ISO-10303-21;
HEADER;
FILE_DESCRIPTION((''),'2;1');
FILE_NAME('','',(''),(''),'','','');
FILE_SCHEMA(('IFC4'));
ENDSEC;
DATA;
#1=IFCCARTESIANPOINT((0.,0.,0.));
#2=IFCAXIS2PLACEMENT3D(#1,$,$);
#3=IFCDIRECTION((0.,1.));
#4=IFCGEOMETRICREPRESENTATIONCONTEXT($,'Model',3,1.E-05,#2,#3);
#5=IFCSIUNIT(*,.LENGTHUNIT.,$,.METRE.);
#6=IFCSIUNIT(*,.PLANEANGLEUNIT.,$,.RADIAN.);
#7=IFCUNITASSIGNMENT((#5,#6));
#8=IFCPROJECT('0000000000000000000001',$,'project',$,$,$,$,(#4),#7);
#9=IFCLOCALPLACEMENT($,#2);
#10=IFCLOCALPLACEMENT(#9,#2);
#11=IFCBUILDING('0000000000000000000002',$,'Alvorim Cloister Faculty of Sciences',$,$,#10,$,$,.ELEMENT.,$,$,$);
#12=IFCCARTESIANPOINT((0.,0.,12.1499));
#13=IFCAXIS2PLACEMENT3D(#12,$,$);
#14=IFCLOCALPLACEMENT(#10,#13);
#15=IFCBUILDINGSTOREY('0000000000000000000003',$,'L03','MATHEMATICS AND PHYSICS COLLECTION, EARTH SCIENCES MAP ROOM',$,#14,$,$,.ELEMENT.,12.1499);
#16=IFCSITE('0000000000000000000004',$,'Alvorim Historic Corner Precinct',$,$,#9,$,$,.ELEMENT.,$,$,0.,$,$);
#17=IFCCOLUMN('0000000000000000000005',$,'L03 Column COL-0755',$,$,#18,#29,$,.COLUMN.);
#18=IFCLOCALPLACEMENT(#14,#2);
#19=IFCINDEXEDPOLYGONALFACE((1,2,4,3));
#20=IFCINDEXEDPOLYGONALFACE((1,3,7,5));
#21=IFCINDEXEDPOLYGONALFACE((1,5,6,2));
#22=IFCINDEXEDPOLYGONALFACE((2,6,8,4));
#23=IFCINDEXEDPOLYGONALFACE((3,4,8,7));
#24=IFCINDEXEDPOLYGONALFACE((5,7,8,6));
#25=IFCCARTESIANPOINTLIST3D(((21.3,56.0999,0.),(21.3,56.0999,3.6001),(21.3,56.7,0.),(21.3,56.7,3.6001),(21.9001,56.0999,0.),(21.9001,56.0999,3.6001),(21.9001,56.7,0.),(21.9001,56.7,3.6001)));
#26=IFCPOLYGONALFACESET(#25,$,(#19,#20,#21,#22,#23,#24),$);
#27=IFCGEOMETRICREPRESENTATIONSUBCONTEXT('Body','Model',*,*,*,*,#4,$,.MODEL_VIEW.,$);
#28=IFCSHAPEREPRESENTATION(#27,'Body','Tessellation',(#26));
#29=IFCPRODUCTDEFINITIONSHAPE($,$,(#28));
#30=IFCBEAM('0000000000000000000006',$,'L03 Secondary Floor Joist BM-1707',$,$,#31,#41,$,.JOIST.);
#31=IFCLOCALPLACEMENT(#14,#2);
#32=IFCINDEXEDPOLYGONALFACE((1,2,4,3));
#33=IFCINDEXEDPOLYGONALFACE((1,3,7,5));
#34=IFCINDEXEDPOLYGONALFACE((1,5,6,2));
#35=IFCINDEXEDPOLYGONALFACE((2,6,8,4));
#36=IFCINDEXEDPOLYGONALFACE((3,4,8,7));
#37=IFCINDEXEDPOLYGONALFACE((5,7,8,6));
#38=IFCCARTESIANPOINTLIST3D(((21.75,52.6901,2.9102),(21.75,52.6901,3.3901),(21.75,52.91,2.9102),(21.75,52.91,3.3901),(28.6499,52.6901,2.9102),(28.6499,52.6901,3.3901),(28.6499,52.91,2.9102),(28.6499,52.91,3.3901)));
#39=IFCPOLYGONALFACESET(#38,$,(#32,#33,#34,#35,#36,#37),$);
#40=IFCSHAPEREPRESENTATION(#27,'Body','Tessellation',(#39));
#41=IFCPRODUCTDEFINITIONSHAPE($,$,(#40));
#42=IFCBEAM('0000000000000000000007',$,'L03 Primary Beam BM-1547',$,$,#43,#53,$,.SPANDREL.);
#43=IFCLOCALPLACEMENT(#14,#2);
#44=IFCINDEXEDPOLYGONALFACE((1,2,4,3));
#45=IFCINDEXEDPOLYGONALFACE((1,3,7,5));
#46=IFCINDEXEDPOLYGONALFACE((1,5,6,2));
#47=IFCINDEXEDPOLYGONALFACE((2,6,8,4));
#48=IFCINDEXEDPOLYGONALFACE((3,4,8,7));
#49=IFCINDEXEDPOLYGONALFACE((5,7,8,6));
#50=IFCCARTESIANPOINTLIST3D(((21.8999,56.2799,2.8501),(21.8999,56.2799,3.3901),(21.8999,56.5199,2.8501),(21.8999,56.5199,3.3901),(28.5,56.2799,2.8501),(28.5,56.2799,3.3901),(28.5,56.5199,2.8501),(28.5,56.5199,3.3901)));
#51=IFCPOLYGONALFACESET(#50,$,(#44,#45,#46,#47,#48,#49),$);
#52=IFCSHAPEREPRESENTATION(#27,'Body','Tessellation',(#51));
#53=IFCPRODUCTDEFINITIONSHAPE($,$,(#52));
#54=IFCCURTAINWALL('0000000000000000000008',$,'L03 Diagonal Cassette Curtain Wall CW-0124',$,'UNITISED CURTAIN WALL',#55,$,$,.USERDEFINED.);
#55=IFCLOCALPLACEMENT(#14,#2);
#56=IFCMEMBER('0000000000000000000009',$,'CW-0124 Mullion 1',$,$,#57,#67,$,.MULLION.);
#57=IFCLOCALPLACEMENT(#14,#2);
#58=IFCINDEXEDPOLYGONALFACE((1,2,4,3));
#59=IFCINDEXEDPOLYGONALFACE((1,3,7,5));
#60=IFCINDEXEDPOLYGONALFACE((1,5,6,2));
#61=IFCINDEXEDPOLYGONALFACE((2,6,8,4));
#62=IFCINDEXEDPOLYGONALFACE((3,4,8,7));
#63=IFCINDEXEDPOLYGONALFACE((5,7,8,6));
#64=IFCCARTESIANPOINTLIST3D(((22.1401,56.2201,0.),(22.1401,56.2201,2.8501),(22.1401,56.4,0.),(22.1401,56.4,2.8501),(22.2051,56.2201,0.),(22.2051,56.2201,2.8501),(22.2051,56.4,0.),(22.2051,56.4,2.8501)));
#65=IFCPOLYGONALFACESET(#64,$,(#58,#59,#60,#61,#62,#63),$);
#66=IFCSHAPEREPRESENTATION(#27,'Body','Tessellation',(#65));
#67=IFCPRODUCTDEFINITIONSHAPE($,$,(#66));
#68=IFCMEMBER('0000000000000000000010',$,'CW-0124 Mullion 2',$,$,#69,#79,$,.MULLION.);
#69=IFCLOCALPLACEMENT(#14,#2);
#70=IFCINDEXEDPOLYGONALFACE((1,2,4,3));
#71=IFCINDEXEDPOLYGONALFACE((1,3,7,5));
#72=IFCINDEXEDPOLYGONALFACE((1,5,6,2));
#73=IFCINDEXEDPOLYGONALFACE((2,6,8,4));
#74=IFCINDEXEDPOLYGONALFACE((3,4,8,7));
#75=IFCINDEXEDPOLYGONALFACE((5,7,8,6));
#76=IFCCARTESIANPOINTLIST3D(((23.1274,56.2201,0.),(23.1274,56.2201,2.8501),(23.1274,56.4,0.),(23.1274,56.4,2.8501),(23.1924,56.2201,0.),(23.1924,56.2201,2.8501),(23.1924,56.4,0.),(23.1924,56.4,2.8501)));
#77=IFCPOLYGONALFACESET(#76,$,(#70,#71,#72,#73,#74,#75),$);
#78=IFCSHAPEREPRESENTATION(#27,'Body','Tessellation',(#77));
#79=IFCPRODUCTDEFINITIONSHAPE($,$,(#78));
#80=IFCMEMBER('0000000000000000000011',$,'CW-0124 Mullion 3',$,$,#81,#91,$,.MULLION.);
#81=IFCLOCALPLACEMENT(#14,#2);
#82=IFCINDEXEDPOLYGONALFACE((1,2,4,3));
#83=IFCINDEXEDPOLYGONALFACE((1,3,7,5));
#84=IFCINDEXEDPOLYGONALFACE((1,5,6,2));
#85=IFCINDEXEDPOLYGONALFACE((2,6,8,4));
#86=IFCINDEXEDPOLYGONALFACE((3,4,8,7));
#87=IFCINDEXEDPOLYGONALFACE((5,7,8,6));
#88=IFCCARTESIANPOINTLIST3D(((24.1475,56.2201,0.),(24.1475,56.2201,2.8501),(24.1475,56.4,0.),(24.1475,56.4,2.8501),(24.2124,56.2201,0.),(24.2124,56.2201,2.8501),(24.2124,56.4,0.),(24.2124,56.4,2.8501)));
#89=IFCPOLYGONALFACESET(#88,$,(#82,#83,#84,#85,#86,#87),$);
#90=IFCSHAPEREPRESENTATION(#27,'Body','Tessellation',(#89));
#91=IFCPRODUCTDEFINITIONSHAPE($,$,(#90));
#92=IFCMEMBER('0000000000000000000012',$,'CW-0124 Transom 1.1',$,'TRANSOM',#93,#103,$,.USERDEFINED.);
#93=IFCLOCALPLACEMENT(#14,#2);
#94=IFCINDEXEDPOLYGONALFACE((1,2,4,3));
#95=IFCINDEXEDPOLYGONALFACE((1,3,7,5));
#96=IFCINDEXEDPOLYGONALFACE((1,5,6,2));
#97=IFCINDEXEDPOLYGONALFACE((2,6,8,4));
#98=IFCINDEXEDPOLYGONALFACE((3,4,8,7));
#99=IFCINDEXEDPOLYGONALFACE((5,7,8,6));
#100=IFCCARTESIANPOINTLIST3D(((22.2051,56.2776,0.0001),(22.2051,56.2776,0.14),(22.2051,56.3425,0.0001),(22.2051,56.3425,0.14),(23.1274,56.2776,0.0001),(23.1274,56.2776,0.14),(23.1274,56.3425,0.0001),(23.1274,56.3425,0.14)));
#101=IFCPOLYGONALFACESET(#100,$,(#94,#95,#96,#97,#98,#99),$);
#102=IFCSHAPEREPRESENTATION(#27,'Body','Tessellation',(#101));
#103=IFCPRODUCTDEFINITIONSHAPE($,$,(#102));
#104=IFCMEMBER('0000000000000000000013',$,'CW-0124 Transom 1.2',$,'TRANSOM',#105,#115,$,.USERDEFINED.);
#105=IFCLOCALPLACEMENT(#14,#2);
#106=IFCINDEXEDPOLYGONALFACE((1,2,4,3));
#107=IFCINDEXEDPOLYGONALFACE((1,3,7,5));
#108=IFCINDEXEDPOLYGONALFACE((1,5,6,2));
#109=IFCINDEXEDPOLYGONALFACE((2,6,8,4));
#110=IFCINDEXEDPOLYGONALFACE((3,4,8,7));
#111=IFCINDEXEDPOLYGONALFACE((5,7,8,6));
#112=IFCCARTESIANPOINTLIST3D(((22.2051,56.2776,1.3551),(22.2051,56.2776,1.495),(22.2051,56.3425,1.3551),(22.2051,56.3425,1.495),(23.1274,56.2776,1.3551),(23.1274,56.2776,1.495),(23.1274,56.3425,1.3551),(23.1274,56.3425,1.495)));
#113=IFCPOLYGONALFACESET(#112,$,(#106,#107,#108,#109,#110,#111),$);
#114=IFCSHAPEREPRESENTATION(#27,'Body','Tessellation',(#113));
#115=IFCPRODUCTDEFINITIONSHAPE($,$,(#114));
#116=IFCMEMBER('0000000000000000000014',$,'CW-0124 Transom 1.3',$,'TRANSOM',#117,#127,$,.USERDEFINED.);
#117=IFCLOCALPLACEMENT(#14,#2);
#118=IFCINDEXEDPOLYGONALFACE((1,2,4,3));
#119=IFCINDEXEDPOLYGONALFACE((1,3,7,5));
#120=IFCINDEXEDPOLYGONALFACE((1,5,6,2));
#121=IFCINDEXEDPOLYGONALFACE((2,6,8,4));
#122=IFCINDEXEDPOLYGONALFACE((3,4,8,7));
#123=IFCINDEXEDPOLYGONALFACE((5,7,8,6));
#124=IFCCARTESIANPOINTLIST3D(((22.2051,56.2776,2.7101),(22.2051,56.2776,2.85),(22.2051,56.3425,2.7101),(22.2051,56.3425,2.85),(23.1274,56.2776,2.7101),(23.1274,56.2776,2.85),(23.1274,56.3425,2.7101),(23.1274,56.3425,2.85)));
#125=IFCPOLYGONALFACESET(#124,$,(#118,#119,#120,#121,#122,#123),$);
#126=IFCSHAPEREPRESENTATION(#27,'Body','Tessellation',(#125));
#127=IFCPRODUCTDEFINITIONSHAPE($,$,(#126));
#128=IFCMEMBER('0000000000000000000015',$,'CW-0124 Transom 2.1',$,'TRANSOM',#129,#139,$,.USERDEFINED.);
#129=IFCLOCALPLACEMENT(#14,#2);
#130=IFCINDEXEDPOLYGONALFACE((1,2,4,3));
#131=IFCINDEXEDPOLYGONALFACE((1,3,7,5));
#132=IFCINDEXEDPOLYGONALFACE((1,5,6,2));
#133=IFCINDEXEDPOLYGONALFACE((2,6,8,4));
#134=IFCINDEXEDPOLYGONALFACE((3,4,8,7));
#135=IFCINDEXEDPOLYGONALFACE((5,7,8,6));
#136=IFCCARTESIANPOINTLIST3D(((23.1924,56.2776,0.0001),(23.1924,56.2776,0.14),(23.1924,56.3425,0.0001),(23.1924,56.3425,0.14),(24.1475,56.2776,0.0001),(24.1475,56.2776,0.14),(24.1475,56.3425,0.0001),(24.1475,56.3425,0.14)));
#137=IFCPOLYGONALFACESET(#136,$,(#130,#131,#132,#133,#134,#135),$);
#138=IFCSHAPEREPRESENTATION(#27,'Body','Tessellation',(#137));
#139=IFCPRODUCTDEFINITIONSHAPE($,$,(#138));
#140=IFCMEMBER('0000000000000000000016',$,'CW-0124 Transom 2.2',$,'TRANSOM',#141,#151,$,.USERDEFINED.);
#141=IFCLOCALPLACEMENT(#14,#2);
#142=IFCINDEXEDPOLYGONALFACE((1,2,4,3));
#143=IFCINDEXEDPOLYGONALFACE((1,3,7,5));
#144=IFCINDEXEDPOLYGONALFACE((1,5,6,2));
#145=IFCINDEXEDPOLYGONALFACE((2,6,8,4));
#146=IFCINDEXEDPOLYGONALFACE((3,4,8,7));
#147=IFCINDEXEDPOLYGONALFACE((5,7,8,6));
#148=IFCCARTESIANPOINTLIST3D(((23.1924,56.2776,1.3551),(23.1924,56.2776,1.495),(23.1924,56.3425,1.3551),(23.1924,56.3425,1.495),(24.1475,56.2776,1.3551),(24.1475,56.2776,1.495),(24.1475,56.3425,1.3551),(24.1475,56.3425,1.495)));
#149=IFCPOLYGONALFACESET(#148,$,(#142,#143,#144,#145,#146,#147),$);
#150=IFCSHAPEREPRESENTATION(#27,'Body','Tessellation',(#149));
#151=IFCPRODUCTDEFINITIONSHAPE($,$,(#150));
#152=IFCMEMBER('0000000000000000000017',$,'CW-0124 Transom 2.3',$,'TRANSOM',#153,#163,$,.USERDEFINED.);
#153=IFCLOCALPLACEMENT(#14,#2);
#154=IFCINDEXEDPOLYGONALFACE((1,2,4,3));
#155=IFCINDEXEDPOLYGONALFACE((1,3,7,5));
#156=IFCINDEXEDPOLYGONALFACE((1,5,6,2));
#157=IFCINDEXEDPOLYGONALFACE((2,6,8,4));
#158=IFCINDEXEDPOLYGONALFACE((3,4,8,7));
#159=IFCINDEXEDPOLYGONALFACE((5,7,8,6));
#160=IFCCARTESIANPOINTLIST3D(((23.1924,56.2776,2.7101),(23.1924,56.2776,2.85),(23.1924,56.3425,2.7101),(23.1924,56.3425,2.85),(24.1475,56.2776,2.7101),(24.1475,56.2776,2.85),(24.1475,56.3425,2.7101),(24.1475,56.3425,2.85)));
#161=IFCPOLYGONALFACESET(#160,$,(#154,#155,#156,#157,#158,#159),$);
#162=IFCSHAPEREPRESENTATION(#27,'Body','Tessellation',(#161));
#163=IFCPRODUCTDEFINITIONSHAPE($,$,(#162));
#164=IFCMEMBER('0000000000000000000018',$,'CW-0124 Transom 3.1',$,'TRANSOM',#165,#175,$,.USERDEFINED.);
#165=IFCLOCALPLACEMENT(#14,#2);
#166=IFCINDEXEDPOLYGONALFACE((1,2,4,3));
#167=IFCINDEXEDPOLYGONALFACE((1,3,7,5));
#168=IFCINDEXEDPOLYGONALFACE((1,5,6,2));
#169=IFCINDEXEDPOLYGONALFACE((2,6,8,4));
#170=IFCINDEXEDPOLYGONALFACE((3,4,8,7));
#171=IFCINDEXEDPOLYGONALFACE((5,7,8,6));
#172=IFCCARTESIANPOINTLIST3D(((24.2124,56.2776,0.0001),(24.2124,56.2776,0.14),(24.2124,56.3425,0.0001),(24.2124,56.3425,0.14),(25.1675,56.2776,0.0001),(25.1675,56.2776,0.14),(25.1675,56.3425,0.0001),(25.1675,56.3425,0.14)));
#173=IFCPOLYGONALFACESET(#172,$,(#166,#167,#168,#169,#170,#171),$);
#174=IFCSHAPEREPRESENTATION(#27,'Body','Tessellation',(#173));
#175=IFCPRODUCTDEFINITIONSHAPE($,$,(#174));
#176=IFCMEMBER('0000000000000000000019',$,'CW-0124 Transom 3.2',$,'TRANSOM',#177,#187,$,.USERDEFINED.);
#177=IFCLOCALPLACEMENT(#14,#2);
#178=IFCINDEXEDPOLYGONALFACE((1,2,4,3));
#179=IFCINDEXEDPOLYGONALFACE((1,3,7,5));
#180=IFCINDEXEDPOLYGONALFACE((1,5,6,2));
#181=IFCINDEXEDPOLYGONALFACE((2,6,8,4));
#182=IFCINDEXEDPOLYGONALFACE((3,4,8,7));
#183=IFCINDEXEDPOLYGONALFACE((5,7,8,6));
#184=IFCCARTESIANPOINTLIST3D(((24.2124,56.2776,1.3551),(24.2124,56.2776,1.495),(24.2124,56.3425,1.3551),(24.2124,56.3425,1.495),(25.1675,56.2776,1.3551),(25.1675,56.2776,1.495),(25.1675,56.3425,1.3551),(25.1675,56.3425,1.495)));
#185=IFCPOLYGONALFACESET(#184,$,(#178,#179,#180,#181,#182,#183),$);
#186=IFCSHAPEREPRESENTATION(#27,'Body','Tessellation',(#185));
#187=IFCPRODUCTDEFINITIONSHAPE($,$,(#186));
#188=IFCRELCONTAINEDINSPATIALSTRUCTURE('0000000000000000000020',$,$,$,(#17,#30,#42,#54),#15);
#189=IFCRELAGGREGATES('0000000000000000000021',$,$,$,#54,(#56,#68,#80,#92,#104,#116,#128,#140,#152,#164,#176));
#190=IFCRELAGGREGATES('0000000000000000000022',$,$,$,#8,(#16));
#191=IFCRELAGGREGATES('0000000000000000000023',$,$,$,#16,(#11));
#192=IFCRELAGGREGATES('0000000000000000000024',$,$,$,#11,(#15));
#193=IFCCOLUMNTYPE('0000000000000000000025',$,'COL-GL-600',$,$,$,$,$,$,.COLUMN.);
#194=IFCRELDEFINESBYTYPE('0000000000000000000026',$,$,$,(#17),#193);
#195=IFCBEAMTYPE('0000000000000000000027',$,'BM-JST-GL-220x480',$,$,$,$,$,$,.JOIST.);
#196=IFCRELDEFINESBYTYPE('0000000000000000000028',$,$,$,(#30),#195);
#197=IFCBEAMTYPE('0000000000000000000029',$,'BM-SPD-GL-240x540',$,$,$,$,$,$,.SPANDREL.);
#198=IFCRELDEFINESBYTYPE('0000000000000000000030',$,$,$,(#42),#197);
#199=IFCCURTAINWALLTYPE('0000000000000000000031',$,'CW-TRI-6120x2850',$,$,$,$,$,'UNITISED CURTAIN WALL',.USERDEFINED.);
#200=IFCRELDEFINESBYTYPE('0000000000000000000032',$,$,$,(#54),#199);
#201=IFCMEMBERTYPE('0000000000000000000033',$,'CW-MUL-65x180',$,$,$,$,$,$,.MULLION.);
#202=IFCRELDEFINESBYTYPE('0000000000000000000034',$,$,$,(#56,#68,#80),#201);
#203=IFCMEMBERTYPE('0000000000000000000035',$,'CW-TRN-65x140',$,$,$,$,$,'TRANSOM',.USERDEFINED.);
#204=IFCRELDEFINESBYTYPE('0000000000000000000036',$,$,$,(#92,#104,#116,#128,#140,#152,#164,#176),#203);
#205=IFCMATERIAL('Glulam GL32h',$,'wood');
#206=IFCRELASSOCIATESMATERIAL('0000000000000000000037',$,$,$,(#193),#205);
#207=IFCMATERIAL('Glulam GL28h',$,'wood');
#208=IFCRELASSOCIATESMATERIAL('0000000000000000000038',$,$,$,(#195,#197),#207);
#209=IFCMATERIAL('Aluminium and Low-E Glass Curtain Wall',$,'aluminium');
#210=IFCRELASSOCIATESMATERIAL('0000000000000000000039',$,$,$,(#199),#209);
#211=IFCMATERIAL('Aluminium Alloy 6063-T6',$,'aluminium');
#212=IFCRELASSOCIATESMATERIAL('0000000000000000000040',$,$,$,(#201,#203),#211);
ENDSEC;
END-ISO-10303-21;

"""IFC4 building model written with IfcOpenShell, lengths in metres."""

from ifc_helpers import new_model, si_unit, direction, frame, origin, origin_2d, place, context, subcontext, project, spatial, rectangle, extrude, material, material_profile, profile_set, type_object, element, aggregate, save


model = new_model("IFC4")

# Units and contexts
model_context = context("Model", 3, precision=1e-05, world=origin(), true_north=direction((0.0, 1.0)))
body_context = subcontext(model_context, "Body", "Model", "MODEL_VIEW")
ifc_project = project(units=[si_unit("LENGTHUNIT", "METRE"), si_unit("PLANEANGLEUNIT", "RADIAN")], contexts=[model_context])

# Site, building, storey
site_placement = place(None, origin())
site = spatial("IfcSite", under=ifc_project, at=site_placement, Name="Alvorim Historic Corner Precinct", CompositionType="ELEMENT", RefElevation=0.0)
building_placement = place(site_placement, origin())
building = spatial("IfcBuilding", under=site, at=building_placement, Name="Alvorim Cloister Faculty of Sciences", CompositionType="ELEMENT")
storey_placement = place(building_placement, frame((0.0, 0.0, 12.1499)))
storey = spatial("IfcBuildingStorey", under=building, at=storey_placement, Name="L03", Description="MATHEMATICS AND PHYSICS COLLECTION, EARTH SCIENCES MAP ROOM", CompositionType="ELEMENT", Elevation=12.1499)

# Column
ifc_material_1 = material(Name="Glulam GL32h", Category="wood")
ifc_material_profile_1 = material_profile(ifc_material_1, rectangle(XDim=0.6001, YDim=0.6001, at=origin_2d()), Name="GL32-COL-600x600")
ifc_profile_set_1 = profile_set([ifc_material_profile_1], Name="Glulam GL32h")
column_type = type_object("IfcColumnType", Name="COL-GL-600", PredefinedType="COLUMN", material=ifc_profile_set_1)
column_placement = place(storey_placement, frame((21.6001, 56.3999, 0.0), z_axis=(0.0, 0.0, 1.0), x_axis=(1.0, 0.0, 0.0)))
element("IfcColumn", 1, at=column_placement, inside=storey, type_object=column_type, Name="L03 Column COL-0755", PredefinedType="COLUMN", context=body_context, shape_type="SweptSolid", body=[
    extrude(rectangle(XDim=0.6001, YDim=0.6001, at=origin_2d()), origin(), (0.0, 0.0, 1.0), 3.6001),
])

# Beams
ifc_material_2 = material(Name="Glulam GL28h", Category="wood")
ifc_material_profile_2 = material_profile(ifc_material_2, rectangle(XDim=0.22, YDim=0.48, at=origin_2d()), Name="GL28-JST-220x480")
ifc_profile_set_2 = profile_set([ifc_material_profile_2], Name="Glulam GL28h")
beam_type_1 = type_object("IfcBeamType", Name="BM-JST-GL-220x480", PredefinedType="JOIST", material=ifc_profile_set_2)
beam_1_placement = place(storey_placement, frame((21.75, 52.8, 3.1501), z_axis=(1.0, 0.0, 0.0), x_axis=(0.0, 1.0, 0.0)))
element("IfcBeam", 2, at=beam_1_placement, inside=storey, type_object=beam_type_1, Name="L03 Secondary Floor Joist BM-1707", PredefinedType="JOIST", context=body_context, shape_type="SweptSolid", body=[
    extrude(rectangle(XDim=0.22, YDim=0.48, at=origin_2d()), origin(), (0.0, 0.0, 1.0), 6.8999),
])
ifc_material_profile_3 = material_profile(ifc_material_2, rectangle(XDim=0.24, YDim=0.54, at=origin_2d()), Name="GL28-SPD-240x540")
ifc_profile_set_3 = profile_set([ifc_material_profile_3], Name="Glulam GL28h")
beam_type_2 = type_object("IfcBeamType", Name="BM-SPD-GL-240x540", PredefinedType="SPANDREL", material=ifc_profile_set_3)
beam_2_placement = place(storey_placement, frame((21.8999, 56.3999, 3.1201), z_axis=(1.0, 0.0, 0.0), x_axis=(0.0, 1.0, 0.0)))
element("IfcBeam", 3, at=beam_2_placement, inside=storey, type_object=beam_type_2, Name="L03 Primary Beam BM-1547", PredefinedType="SPANDREL", context=body_context, shape_type="SweptSolid", body=[
    extrude(rectangle(XDim=0.24, YDim=0.54, at=origin_2d()), origin(), (0.0, 0.0, 1.0), 6.6001),
])

# Curtain wall, members
ifc_material_3 = material(Name="Aluminium and Low-E Glass Curtain Wall", Category="aluminium")
curtain_wall_type = type_object("IfcCurtainWallType", Name="CW-TRI-6120x2850", ElementType="UNITISED CURTAIN WALL", PredefinedType="USERDEFINED", material=ifc_material_3)
curtain_wall_placement = place(storey_placement, origin())
curtain_wall = element("IfcCurtainWall", 4, at=curtain_wall_placement, inside=storey, type_object=curtain_wall_type, Name="L03 Diagonal Cassette Curtain Wall CW-0124", ObjectType="UNITISED CURTAIN WALL", PredefinedType="USERDEFINED")
ifc_material_4 = material(Name="Aluminium Alloy 6063-T6", Category="aluminium")
ifc_material_profile_4 = material_profile(ifc_material_4, rectangle(XDim=0.0649, YDim=0.1799, at=origin_2d()), Name="ALU-MUL-65x180")
ifc_profile_set_4 = profile_set([ifc_material_profile_4], Name="Aluminium Alloy 6063-T6")
member_type_1 = type_object("IfcMemberType", Name="CW-MUL-65x180", PredefinedType="MULLION", material=ifc_profile_set_4)
member_1_placement = place(storey_placement, frame((22.1726, 56.3101, 0.0), z_axis=(0.0, 0.0, 1.0), x_axis=(1.0, 0.0, 0.0)))
member_1 = element("IfcMember", 5, at=member_1_placement, type_object=member_type_1, Name="CW-0124 Mullion 1", PredefinedType="MULLION", context=body_context, shape_type="SweptSolid", body=[
    extrude(rectangle(XDim=0.0649, YDim=0.1799, at=origin_2d()), origin(), (0.0, 0.0, 1.0), 2.8501),
])
member_2_placement = place(storey_placement, frame((23.1599, 56.3101, 0.0), z_axis=(0.0, 0.0, 1.0), x_axis=(1.0, 0.0, 0.0)))
member_2 = element("IfcMember", 6, at=member_2_placement, type_object=member_type_1, Name="CW-0124 Mullion 2", PredefinedType="MULLION", context=body_context, shape_type="SweptSolid", body=[
    extrude(rectangle(XDim=0.0649, YDim=0.1799, at=origin_2d()), origin(), (0.0, 0.0, 1.0), 2.8501),
])
member_3_placement = place(storey_placement, frame((24.1799, 56.3101, 0.0), z_axis=(0.0, 0.0, 1.0), x_axis=(1.0, 0.0, 0.0)))
member_3 = element("IfcMember", 7, at=member_3_placement, type_object=member_type_1, Name="CW-0124 Mullion 3", PredefinedType="MULLION", context=body_context, shape_type="SweptSolid", body=[
    extrude(rectangle(XDim=0.0649, YDim=0.1799, at=origin_2d()), origin(), (0.0, 0.0, 1.0), 2.8501),
])
ifc_material_profile_5 = material_profile(ifc_material_4, rectangle(XDim=0.0649, YDim=0.1399, at=origin_2d()), Name="ALU-TRN-65x140")
ifc_profile_set_5 = profile_set([ifc_material_profile_5], Name="Aluminium Alloy 6063-T6")
member_type_2 = type_object("IfcMemberType", Name="CW-TRN-65x140", ElementType="TRANSOM", PredefinedType="USERDEFINED", material=ifc_profile_set_5)
member_4_placement = place(storey_placement, frame((22.2051, 56.3101, 0.0701), z_axis=(1.0, 0.0, 0.0), x_axis=(0.0, 1.0, 0.0)))
member_4 = element("IfcMember", 8, at=member_4_placement, type_object=member_type_2, Name="CW-0124 Transom 1.1", ObjectType="TRANSOM", PredefinedType="USERDEFINED", context=body_context, shape_type="SweptSolid", body=[
    extrude(rectangle(XDim=0.0649, YDim=0.1399, at=origin_2d()), origin(), (0.0, 0.0, 1.0), 0.9224),
])
member_5_placement = place(storey_placement, frame((22.2051, 56.3101, 1.425), z_axis=(1.0, 0.0, 0.0), x_axis=(0.0, 1.0, 0.0)))
member_5 = element("IfcMember", 9, at=member_5_placement, type_object=member_type_2, Name="CW-0124 Transom 1.2", ObjectType="TRANSOM", PredefinedType="USERDEFINED", context=body_context, shape_type="SweptSolid", body=[
    extrude(rectangle(XDim=0.0649, YDim=0.1399, at=origin_2d()), origin(), (0.0, 0.0, 1.0), 0.9224),
])
member_6_placement = place(storey_placement, frame((22.2051, 56.3101, 2.78), z_axis=(1.0, 0.0, 0.0), x_axis=(0.0, 1.0, 0.0)))
member_6 = element("IfcMember", 10, at=member_6_placement, type_object=member_type_2, Name="CW-0124 Transom 1.3", ObjectType="TRANSOM", PredefinedType="USERDEFINED", context=body_context, shape_type="SweptSolid", body=[
    extrude(rectangle(XDim=0.0649, YDim=0.1399, at=origin_2d()), origin(), (0.0, 0.0, 1.0), 0.9224),
])
member_7_placement = place(storey_placement, frame((23.1924, 56.3101, 0.0701), z_axis=(1.0, 0.0, 0.0), x_axis=(0.0, 1.0, 0.0)))
member_7 = element("IfcMember", 11, at=member_7_placement, type_object=member_type_2, Name="CW-0124 Transom 2.1", ObjectType="TRANSOM", PredefinedType="USERDEFINED", context=body_context, shape_type="SweptSolid", body=[
    extrude(rectangle(XDim=0.0649, YDim=0.1399, at=origin_2d()), origin(), (0.0, 0.0, 1.0), 0.9551),
])
member_8_placement = place(storey_placement, frame((23.1924, 56.3101, 1.425), z_axis=(1.0, 0.0, 0.0), x_axis=(0.0, 1.0, 0.0)))
member_8 = element("IfcMember", 12, at=member_8_placement, type_object=member_type_2, Name="CW-0124 Transom 2.2", ObjectType="TRANSOM", PredefinedType="USERDEFINED", context=body_context, shape_type="SweptSolid", body=[
    extrude(rectangle(XDim=0.0649, YDim=0.1399, at=origin_2d()), origin(), (0.0, 0.0, 1.0), 0.9551),
])
member_9_placement = place(storey_placement, frame((23.1924, 56.3101, 2.78), z_axis=(1.0, 0.0, 0.0), x_axis=(0.0, 1.0, 0.0)))
member_9 = element("IfcMember", 13, at=member_9_placement, type_object=member_type_2, Name="CW-0124 Transom 2.3", ObjectType="TRANSOM", PredefinedType="USERDEFINED", context=body_context, shape_type="SweptSolid", body=[
    extrude(rectangle(XDim=0.0649, YDim=0.1399, at=origin_2d()), origin(), (0.0, 0.0, 1.0), 0.9551),
])
member_10_placement = place(storey_placement, frame((24.2124, 56.3101, 0.0701), z_axis=(1.0, 0.0, 0.0), x_axis=(0.0, 1.0, 0.0)))
member_10 = element("IfcMember", 14, at=member_10_placement, type_object=member_type_2, Name="CW-0124 Transom 3.1", ObjectType="TRANSOM", PredefinedType="USERDEFINED", context=body_context, shape_type="SweptSolid", body=[
    extrude(rectangle(XDim=0.0649, YDim=0.1399, at=origin_2d()), origin(), (0.0, 0.0, 1.0), 0.9551),
])
member_11_placement = place(storey_placement, frame((24.2124, 56.3101, 1.425), z_axis=(1.0, 0.0, 0.0), x_axis=(0.0, 1.0, 0.0)))
member_11 = element("IfcMember", 15, at=member_11_placement, type_object=member_type_2, Name="CW-0124 Transom 3.2", ObjectType="TRANSOM", PredefinedType="USERDEFINED", context=body_context, shape_type="SweptSolid", body=[
    extrude(rectangle(XDim=0.0649, YDim=0.1399, at=origin_2d()), origin(), (0.0, 0.0, 1.0), 0.9551),
])
aggregate(curtain_wall, [member_1, member_2, member_3, member_4, member_5, member_6, member_7, member_8, member_9, member_10, member_11])

save(model, "model.ifc")
